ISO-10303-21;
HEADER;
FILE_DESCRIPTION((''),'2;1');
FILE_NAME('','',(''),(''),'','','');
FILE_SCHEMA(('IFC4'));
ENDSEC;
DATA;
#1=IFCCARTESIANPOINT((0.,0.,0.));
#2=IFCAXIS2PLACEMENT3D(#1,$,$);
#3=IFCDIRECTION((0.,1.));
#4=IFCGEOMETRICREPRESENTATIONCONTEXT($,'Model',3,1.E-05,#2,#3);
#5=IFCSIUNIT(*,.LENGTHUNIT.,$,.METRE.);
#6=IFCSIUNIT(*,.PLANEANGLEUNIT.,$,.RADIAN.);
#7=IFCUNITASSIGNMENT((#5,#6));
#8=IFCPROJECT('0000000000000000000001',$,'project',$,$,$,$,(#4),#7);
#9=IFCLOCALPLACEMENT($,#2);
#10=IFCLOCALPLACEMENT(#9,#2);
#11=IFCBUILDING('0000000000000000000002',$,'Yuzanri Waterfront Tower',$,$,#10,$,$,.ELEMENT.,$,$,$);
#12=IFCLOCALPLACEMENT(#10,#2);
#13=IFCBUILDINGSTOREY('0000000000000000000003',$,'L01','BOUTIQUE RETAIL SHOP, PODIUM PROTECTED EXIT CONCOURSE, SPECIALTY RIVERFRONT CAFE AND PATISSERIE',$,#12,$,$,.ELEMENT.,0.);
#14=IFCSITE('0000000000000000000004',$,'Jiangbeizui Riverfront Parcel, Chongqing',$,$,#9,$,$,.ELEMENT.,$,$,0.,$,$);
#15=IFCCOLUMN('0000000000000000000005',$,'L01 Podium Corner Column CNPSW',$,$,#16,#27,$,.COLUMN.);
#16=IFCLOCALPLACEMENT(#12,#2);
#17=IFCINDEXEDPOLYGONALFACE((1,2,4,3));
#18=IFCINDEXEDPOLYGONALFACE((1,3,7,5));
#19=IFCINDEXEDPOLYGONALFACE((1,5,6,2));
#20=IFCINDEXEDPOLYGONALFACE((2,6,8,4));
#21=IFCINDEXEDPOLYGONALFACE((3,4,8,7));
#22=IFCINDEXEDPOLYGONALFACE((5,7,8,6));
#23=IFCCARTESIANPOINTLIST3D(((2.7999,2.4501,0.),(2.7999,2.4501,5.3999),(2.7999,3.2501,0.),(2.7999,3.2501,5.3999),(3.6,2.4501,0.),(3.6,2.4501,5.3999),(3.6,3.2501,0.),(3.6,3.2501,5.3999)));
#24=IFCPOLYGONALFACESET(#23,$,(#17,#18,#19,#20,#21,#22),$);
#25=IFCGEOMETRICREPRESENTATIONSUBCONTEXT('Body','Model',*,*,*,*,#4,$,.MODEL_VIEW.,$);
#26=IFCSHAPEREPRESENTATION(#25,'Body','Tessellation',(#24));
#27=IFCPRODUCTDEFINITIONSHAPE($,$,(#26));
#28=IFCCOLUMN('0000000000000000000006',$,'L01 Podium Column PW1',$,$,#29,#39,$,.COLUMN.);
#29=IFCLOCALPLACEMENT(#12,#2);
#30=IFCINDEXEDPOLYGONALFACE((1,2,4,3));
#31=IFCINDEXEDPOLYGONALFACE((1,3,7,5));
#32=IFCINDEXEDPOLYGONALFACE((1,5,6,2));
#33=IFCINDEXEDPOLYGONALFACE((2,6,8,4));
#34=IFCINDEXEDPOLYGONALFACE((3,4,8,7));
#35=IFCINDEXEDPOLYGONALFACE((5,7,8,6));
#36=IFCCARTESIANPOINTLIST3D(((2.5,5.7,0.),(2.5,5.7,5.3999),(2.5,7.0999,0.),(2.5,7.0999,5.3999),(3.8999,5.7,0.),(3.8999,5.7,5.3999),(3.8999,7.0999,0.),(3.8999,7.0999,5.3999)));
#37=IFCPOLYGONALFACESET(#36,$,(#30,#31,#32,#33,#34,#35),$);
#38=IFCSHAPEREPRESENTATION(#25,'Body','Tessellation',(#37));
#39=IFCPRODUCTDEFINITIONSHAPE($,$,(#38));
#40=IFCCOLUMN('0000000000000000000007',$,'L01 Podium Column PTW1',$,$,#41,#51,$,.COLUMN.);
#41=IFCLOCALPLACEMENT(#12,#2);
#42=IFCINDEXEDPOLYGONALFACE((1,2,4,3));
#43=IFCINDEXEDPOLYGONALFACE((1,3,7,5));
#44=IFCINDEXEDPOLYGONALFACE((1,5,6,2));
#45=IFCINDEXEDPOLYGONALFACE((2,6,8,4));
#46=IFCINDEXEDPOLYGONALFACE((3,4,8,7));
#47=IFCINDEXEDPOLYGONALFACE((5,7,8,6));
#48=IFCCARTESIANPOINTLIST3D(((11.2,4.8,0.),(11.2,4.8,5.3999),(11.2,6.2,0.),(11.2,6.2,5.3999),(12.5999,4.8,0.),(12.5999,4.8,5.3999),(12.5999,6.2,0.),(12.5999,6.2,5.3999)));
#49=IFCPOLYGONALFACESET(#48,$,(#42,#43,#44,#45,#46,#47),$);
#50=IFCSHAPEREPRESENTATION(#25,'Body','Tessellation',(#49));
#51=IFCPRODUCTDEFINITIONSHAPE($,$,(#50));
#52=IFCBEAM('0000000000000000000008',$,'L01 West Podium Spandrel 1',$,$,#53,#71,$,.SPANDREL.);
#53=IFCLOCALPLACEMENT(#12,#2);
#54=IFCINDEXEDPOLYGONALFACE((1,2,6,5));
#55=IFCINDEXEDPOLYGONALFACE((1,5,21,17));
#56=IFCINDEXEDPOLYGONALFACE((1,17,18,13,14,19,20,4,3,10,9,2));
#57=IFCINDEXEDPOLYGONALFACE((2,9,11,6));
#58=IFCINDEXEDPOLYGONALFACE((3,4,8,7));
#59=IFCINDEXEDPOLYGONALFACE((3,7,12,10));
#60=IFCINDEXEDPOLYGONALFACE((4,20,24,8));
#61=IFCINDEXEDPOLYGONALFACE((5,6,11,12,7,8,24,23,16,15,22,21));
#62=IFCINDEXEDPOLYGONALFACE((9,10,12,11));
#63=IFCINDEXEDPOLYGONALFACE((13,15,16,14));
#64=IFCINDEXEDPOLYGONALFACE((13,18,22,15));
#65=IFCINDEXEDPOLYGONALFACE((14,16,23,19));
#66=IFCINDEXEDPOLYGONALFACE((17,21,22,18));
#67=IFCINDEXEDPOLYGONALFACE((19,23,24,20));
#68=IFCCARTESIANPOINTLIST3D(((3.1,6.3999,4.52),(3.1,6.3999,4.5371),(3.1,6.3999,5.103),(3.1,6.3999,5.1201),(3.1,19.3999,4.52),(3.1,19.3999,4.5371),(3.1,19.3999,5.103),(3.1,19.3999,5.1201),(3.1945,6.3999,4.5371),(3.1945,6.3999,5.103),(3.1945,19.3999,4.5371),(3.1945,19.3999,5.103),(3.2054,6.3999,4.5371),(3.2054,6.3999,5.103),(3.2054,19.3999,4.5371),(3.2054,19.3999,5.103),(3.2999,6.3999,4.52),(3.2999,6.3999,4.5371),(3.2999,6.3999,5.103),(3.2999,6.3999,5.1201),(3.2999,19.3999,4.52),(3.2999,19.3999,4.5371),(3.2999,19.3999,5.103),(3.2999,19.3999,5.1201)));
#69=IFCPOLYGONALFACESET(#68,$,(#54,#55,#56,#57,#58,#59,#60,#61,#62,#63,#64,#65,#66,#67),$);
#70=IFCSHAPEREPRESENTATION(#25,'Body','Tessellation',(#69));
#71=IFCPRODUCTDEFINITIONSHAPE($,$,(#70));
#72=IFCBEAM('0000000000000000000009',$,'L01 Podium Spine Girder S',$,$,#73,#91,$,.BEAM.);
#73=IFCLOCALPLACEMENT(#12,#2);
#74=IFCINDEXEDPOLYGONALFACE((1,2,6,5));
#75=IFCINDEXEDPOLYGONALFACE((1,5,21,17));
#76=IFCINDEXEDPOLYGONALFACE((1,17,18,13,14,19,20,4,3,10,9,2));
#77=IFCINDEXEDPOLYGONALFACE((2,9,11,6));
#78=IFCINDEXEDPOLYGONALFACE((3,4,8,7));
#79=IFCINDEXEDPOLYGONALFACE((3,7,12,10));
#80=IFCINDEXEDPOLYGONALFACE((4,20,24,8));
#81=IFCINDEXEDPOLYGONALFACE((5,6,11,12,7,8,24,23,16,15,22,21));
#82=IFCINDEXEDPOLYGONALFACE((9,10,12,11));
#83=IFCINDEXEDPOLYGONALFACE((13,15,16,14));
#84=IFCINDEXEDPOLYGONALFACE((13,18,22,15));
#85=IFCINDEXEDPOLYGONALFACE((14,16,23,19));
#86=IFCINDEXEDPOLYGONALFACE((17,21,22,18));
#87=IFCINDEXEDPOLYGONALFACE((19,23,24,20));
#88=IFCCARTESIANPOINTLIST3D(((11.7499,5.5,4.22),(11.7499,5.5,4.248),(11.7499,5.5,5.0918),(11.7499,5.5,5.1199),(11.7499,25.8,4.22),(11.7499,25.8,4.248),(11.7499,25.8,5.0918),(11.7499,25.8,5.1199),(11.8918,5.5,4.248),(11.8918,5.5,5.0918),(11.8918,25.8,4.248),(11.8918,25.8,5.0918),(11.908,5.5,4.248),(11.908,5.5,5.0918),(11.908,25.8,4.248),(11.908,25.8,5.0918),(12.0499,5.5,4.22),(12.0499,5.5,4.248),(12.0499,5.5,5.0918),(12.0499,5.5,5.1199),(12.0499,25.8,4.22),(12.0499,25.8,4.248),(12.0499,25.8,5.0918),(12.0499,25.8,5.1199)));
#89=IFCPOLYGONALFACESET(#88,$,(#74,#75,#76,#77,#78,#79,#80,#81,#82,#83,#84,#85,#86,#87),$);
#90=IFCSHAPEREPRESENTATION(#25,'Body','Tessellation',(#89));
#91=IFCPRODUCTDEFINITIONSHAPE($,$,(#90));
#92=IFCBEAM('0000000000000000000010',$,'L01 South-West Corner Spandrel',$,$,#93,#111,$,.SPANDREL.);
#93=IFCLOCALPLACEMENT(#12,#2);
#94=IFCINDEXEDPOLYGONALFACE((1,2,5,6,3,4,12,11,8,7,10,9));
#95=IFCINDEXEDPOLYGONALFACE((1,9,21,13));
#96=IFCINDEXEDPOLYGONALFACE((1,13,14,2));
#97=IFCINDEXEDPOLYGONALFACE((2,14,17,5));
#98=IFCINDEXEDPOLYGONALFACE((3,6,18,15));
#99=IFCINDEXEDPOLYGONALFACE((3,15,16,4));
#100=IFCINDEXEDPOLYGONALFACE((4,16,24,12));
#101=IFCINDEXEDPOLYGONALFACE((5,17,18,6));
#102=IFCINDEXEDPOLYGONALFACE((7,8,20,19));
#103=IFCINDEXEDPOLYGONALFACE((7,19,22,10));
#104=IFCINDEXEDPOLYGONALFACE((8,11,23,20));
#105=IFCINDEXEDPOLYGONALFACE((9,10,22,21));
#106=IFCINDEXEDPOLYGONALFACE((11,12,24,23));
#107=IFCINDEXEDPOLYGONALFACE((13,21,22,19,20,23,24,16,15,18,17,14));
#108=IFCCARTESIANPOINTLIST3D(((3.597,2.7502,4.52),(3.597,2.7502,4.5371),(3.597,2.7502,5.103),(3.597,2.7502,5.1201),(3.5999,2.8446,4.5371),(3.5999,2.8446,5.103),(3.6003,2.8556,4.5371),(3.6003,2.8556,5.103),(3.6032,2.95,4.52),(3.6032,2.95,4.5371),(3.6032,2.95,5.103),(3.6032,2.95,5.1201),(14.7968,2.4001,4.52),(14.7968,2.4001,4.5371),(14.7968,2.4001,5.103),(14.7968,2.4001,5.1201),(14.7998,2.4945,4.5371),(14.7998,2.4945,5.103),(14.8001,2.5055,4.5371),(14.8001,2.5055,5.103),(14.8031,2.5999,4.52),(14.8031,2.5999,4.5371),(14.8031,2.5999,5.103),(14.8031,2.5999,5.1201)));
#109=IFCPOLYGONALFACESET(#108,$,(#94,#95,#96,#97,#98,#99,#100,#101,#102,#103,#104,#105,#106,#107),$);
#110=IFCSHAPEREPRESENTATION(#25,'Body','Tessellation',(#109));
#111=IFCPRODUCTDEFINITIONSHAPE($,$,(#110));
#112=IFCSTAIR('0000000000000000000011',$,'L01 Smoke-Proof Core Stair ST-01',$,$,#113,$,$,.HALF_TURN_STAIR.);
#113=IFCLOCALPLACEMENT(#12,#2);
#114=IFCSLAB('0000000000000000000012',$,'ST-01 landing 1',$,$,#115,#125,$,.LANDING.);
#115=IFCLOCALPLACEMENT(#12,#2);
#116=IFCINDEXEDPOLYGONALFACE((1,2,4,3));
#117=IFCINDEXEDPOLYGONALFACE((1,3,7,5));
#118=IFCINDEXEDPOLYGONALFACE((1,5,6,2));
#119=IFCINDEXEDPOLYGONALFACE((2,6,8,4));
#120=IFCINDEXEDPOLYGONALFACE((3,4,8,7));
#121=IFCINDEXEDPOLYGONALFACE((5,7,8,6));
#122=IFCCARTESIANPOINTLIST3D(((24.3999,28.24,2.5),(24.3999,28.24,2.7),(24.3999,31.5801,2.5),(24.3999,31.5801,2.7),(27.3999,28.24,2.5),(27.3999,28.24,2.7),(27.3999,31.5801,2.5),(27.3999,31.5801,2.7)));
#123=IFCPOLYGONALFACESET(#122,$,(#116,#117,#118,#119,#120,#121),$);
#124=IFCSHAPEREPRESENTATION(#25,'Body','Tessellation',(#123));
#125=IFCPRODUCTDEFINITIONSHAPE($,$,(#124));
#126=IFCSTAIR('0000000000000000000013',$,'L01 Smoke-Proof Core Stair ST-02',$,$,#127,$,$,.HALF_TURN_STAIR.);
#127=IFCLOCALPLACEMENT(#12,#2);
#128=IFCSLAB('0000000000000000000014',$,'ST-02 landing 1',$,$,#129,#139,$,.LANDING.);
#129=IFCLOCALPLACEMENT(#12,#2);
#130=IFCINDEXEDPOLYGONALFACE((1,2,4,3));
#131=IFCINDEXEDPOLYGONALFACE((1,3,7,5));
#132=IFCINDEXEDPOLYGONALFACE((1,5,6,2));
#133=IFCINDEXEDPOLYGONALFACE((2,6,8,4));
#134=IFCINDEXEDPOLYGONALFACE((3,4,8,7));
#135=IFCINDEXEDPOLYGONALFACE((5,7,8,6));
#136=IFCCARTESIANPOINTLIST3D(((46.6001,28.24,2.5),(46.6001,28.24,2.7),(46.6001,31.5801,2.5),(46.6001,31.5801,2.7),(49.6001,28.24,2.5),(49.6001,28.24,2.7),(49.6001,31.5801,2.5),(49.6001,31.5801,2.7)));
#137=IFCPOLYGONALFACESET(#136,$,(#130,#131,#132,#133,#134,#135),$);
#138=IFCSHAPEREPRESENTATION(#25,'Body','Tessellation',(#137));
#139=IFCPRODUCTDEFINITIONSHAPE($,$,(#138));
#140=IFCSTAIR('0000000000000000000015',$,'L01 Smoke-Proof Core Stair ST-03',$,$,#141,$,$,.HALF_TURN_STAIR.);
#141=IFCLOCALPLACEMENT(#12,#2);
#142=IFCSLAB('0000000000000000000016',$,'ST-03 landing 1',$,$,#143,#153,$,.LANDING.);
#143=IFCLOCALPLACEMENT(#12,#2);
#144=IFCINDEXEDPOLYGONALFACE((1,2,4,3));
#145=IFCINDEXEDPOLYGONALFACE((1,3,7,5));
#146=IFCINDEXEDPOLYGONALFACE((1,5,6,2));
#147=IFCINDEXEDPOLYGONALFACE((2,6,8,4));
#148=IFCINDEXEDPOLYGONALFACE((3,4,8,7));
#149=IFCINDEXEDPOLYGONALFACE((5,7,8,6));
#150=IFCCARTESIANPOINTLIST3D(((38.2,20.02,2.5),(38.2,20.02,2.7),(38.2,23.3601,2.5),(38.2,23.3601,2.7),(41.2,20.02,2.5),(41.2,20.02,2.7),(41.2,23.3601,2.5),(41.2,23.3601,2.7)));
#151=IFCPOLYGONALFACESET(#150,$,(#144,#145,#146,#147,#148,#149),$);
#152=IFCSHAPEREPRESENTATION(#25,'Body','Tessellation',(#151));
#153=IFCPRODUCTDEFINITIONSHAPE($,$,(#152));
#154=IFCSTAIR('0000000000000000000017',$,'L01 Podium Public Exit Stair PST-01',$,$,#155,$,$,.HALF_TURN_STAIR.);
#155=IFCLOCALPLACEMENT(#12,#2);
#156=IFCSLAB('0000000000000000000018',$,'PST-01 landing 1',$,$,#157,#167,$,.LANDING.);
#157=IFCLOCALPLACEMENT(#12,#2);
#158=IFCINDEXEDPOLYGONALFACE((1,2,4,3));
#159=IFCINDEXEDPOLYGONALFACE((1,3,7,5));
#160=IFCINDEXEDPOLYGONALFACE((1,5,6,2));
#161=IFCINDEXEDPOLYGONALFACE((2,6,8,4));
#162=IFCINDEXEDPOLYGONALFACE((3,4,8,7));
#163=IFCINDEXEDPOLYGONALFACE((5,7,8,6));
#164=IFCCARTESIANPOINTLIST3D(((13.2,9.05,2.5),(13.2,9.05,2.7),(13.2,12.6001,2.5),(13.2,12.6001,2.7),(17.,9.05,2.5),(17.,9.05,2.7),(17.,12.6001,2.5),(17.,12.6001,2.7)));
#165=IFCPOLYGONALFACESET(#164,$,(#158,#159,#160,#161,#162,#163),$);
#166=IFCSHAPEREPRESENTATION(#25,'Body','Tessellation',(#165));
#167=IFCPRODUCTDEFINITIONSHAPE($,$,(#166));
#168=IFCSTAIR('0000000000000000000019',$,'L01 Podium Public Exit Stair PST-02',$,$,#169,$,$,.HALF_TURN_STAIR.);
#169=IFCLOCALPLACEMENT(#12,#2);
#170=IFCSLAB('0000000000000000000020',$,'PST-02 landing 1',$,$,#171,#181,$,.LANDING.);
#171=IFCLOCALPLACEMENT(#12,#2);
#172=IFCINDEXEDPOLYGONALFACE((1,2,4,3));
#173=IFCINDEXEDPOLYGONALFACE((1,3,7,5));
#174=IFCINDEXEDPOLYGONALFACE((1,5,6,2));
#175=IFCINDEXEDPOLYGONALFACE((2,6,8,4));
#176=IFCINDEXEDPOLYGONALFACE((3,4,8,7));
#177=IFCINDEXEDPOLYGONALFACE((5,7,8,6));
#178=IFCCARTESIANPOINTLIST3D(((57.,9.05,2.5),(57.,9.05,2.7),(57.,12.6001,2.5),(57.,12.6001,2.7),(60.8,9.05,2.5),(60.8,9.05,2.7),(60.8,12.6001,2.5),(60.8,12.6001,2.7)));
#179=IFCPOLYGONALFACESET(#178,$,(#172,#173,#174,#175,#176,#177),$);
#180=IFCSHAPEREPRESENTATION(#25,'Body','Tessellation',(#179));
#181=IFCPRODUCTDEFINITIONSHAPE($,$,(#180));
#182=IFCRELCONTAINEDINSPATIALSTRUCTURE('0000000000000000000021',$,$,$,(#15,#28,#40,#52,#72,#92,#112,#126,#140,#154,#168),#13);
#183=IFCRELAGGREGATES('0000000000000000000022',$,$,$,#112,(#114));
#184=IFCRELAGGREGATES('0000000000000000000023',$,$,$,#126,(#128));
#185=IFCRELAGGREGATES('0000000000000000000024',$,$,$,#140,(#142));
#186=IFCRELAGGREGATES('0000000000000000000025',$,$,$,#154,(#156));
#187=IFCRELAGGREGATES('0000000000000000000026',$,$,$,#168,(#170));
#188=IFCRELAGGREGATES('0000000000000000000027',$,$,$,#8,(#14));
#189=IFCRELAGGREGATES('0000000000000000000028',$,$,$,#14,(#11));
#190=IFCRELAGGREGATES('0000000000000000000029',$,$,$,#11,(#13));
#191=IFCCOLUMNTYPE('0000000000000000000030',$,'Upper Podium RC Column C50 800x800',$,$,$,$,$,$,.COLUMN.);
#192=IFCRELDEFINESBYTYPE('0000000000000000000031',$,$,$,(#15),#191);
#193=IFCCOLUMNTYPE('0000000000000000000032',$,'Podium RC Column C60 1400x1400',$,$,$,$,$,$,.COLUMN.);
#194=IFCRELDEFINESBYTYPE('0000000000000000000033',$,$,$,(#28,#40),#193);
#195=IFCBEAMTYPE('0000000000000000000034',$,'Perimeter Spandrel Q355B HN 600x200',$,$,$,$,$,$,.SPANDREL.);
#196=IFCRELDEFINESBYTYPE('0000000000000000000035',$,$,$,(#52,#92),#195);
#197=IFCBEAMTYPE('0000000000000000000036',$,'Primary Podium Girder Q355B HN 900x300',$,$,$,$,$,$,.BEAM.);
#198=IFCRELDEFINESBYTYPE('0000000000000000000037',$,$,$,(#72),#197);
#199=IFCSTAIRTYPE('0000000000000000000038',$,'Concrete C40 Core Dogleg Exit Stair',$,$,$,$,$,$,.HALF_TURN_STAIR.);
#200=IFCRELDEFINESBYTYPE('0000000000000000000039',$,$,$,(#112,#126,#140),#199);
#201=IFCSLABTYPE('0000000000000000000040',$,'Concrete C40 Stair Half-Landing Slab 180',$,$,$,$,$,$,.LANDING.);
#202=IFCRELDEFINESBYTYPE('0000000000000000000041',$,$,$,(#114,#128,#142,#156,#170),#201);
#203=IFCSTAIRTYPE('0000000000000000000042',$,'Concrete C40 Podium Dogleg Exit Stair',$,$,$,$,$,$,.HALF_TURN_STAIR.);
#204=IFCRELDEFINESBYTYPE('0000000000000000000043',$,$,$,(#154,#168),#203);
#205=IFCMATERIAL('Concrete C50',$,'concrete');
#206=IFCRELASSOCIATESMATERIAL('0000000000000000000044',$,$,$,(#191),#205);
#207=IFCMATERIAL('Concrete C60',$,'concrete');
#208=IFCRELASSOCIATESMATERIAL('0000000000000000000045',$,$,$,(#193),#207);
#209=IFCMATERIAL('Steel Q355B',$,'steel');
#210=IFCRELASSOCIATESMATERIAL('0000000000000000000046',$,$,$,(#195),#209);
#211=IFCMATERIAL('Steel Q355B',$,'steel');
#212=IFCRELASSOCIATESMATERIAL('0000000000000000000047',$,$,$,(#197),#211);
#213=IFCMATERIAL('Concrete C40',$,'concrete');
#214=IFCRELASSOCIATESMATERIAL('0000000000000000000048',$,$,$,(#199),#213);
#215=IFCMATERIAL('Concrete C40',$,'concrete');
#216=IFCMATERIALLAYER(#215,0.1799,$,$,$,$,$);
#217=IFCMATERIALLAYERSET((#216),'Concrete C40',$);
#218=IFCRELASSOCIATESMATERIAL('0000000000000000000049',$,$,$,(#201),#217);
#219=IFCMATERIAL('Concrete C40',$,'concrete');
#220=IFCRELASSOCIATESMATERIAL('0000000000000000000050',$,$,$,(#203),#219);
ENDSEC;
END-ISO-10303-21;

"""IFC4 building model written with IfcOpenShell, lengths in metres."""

from ifc_helpers import new_model, si_unit, direction, frame, origin, origin_2d, place, context, subcontext, project, spatial, polyline, rectangle, i_section, outline, extrude, source, transform, mapped, material, layer, layer_set, material_profile, profile_set, type_object, element, aggregate, save


model = new_model("IFC4")

# Units and contexts
model_context = context("Model", 3, precision=1e-05, world=origin(), true_north=direction((0.0, 1.0)))
body_context = subcontext(model_context, "Body", "Model", "MODEL_VIEW")
ifc_project = project(units=[si_unit("LENGTHUNIT", "METRE"), si_unit("PLANEANGLEUNIT", "RADIAN")], contexts=[model_context])

# Site, building, storey
site_placement = place(None, origin())
site = spatial("IfcSite", under=ifc_project, at=site_placement, Name="Jiangbeizui Riverfront Parcel, Chongqing", CompositionType="ELEMENT", RefElevation=0.0)
building_placement = place(site_placement, origin())
building = spatial("IfcBuilding", under=site, at=building_placement, Name="Yuzanri Waterfront Tower", CompositionType="ELEMENT")
storey_placement = place(building_placement, origin())
storey = spatial("IfcBuildingStorey", under=building, at=storey_placement, Name="L01", Description="BOUTIQUE RETAIL SHOP, PODIUM PROTECTED EXIT CONCOURSE, SPECIALTY RIVERFRONT CAFE AND PATISSERIE", CompositionType="ELEMENT", Elevation=0.0)

# Columns
ifc_material_1 = material(Name="Concrete C50", Category="concrete")
ifc_material_profile_1 = material_profile(ifc_material_1, rectangle(XDim=0.8, YDim=0.8, at=origin_2d()), Name="RC 800x800")
ifc_profile_set_1 = profile_set([ifc_material_profile_1], Name="Concrete C50")
column_type_1 = type_object("IfcColumnType", Name="Upper Podium RC Column C50 800x800", PredefinedType="COLUMN", material=ifc_profile_set_1)
shared_shape_1 = source(origin(), body_context, "Body", "SweptSolid", [
    extrude(rectangle(XDim=0.8, YDim=0.8, at=origin_2d()), origin(), (0.0, 0.0, 1.0), 5.3999),
])
column_placement = place(storey_placement, frame((3.2, 2.8501, 0.0), z_axis=(0.0, 0.0, 1.0), x_axis=(1.0, 0.0, 0.0)))
element("IfcColumn", 1, at=column_placement, inside=storey, type_object=column_type_1, Name="L01 Podium Corner Column CNPSW", PredefinedType="COLUMN", context=body_context, shape_type="MappedRepresentation", body=[
    mapped(shared_shape_1, transform((0.0, 0.0, 0.0), scale=1.0)),
])
ifc_material_2 = material(Name="Concrete C60", Category="concrete")
ifc_material_profile_2 = material_profile(ifc_material_2, rectangle(XDim=1.3999, YDim=1.3999, at=origin_2d()), Name="RC 1400x1400")
ifc_profile_set_2 = profile_set([ifc_material_profile_2], Name="Concrete C60")
column_type_2 = type_object("IfcColumnType", Name="Podium RC Column C60 1400x1400", PredefinedType="COLUMN", material=ifc_profile_set_2)
shared_shape_2 = source(origin(), body_context, "Body", "SweptSolid", [
    extrude(rectangle(XDim=1.3999, YDim=1.3999, at=origin_2d()), origin(), (0.0, 0.0, 1.0), 5.3999),
])
for number, where, z_axis, x_axis, name in (
    (2, (3.2, 6.3999, 0.0), (0.0, 0.0, 1.0), (1.0, 0.0, 0.0), "L01 Podium Column PW1"),
    (3, (11.8999, 5.5, 0.0), (0.0, 0.0, 1.0), (1.0, 0.0, 0.0), "L01 Podium Column PTW1"),
):
    element("IfcColumn", number, at=place(storey_placement, frame(where, z_axis=z_axis, x_axis=x_axis)), inside=storey, type_object=column_type_2, Name=name, PredefinedType="COLUMN", context=body_context, shape_type="MappedRepresentation", body=[
        mapped(shared_shape_2, transform((0.0, 0.0, 0.0), scale=1.0)),
    ])

# Beams
ifc_material_3 = material(Name="Steel Q355B", Category="steel")
ifc_material_profile_3 = material_profile(ifc_material_3, i_section(OverallWidth=0.2, OverallDepth=0.6001, WebThickness=0.011, FlangeThickness=0.0171, at=origin_2d()), Name="HN 600x200x11x17")
ifc_profile_set_3 = profile_set([ifc_material_profile_3], Name="Steel Q355B")
beam_type_1 = type_object("IfcBeamType", Name="Perimeter Spandrel Q355B HN 600x200", PredefinedType="SPANDREL", material=ifc_profile_set_3)
shared_shape_3 = source(origin(), body_context, "Body", "SweptSolid", [
    extrude(i_section(OverallWidth=0.2, OverallDepth=0.6001, WebThickness=0.011, FlangeThickness=0.0171, at=origin_2d()), origin(), (0.0, 0.0, 1.0), 13.0),
])
beam_1_placement = place(storey_placement, frame((3.2, 6.3999, 4.8201), z_axis=(0.0, 1.0, 0.0), x_axis=(-1.0, 0.0, 0.0)))
element("IfcBeam", 4, at=beam_1_placement, inside=storey, type_object=beam_type_1, Name="L01 West Podium Spandrel 1", PredefinedType="SPANDREL", context=body_context, shape_type="MappedRepresentation", body=[
    mapped(shared_shape_3, transform((0.0, 0.0, 0.0), scale=1.0)),
])
ifc_material_4 = material(Name="Steel Q355B", Category="steel")
ifc_material_profile_4 = material_profile(ifc_material_4, i_section(OverallWidth=0.3, OverallDepth=0.8999, WebThickness=0.0161, FlangeThickness=0.0281, at=origin_2d()), Name="HN 900x300x16x28")
ifc_profile_set_4 = profile_set([ifc_material_profile_4], Name="Steel Q355B")
beam_type_2 = type_object("IfcBeamType", Name="Primary Podium Girder Q355B HN 900x300", PredefinedType="BEAM", material=ifc_profile_set_4)
shared_shape_4 = source(origin(), body_context, "Body", "SweptSolid", [
    extrude(i_section(OverallWidth=0.3, OverallDepth=0.8999, WebThickness=0.0161, FlangeThickness=0.0281, at=origin_2d()), origin(), (0.0, 0.0, 1.0), 20.3),
])
beam_2_placement = place(storey_placement, frame((11.8999, 5.5, 4.6699), z_axis=(0.0, 1.0, 0.0), x_axis=(-1.0, 0.0, 0.0)))
element("IfcBeam", 5, at=beam_2_placement, inside=storey, type_object=beam_type_2, Name="L01 Podium Spine Girder S", PredefinedType="BEAM", context=body_context, shape_type="MappedRepresentation", body=[
    mapped(shared_shape_4, transform((0.0, 0.0, 0.0), scale=1.0)),
])
shared_shape_5 = source(origin(), body_context, "Body", "SweptSolid", [
    extrude(i_section(OverallWidth=0.2, OverallDepth=0.6001, WebThickness=0.011, FlangeThickness=0.0171, at=origin_2d()), origin(), (0.0, 0.0, 1.0), 11.2053),
])
beam_3_placement = place(storey_placement, frame((3.6001, 2.8501, 4.8201), z_axis=(0.999512, -0.031244, 0.0), x_axis=(0.031244, 0.999512, 0.0)))
element("IfcBeam", 6, at=beam_3_placement, inside=storey, type_object=beam_type_1, Name="L01 South-West Corner Spandrel", PredefinedType="SPANDREL", context=body_context, shape_type="MappedRepresentation", body=[
    mapped(shared_shape_5, transform((0.0, 0.0, 0.0), scale=1.0)),
])

# Stairs, slabs
ifc_material_5 = material(Name="Concrete C40", Category="concrete")
stair_type_1 = type_object("IfcStairType", Name="Concrete C40 Core Dogleg Exit Stair", PredefinedType="HALF_TURN_STAIR", material=ifc_material_5)
stair_1_placement = place(storey_placement, origin())
stair_1 = element("IfcStair", 7, at=stair_1_placement, inside=storey, type_object=stair_type_1, Name="L01 Smoke-Proof Core Stair ST-01", PredefinedType="HALF_TURN_STAIR")
ifc_material_6 = material(Name="Concrete C40", Category="concrete")
ifc_layer_1 = layer(ifc_material_6, 0.1799)
ifc_layer_set_1 = layer_set([ifc_layer_1], Name="Concrete C40")
slab_type_1 = type_object("IfcSlabType", Name="Concrete C40 Stair Half-Landing Slab 180", PredefinedType="LANDING", material=ifc_layer_set_1)
slab_1_placement = place(storey_placement, frame((0.0, 0.0, 2.5)))
slab_1 = element("IfcSlab", 8, at=slab_1_placement, type_object=slab_type_1, Name="ST-01 landing 1", PredefinedType="LANDING", context=body_context, shape_type="SweptSolid", body=[
    extrude(outline(polyline([(27.3999, 28.24), (27.3999, 31.5801), (24.3999, 31.5801), (24.3999, 28.24), (27.3999, 28.24)])), origin(), (0.0, 0.0, 1.0), 0.2),
])
aggregate(stair_1, [slab_1])
stair_2_placement = place(storey_placement, origin())
stair_2 = element("IfcStair", 9, at=stair_2_placement, inside=storey, type_object=stair_type_1, Name="L01 Smoke-Proof Core Stair ST-02", PredefinedType="HALF_TURN_STAIR")
slab_2_placement = place(storey_placement, frame((0.0, 0.0, 2.5)))
slab_2 = element("IfcSlab", 10, at=slab_2_placement, type_object=slab_type_1, Name="ST-02 landing 1", PredefinedType="LANDING", context=body_context, shape_type="SweptSolid", body=[
    extrude(outline(polyline([(49.6001, 28.24), (49.6001, 31.5801), (46.6001, 31.5801), (46.6001, 28.24), (49.6001, 28.24)])), origin(), (0.0, 0.0, 1.0), 0.2),
])
aggregate(stair_2, [slab_2])
stair_3_placement = place(storey_placement, origin())
stair_3 = element("IfcStair", 11, at=stair_3_placement, inside=storey, type_object=stair_type_1, Name="L01 Smoke-Proof Core Stair ST-03", PredefinedType="HALF_TURN_STAIR")
slab_3_placement = place(storey_placement, frame((0.0, 0.0, 2.5)))
slab_3 = element("IfcSlab", 12, at=slab_3_placement, type_object=slab_type_1, Name="ST-03 landing 1", PredefinedType="LANDING", context=body_context, shape_type="SweptSolid", body=[
    extrude(outline(polyline([(38.2, 23.3601), (38.2, 20.02), (41.2, 20.02), (41.2, 23.3601), (38.2, 23.3601)])), origin(), (0.0, 0.0, 1.0), 0.2),
])
aggregate(stair_3, [slab_3])
ifc_material_7 = material(Name="Concrete C40", Category="concrete")
stair_type_2 = type_object("IfcStairType", Name="Concrete C40 Podium Dogleg Exit Stair", PredefinedType="HALF_TURN_STAIR", material=ifc_material_7)
stair_4_placement = place(storey_placement, origin())
stair_4 = element("IfcStair", 13, at=stair_4_placement, inside=storey, type_object=stair_type_2, Name="L01 Podium Public Exit Stair PST-01", PredefinedType="HALF_TURN_STAIR")
slab_4_placement = place(storey_placement, frame((0.0, 0.0, 2.5)))
slab_4 = element("IfcSlab", 14, at=slab_4_placement, type_object=slab_type_1, Name="PST-01 landing 1", PredefinedType="LANDING", context=body_context, shape_type="SweptSolid", body=[
    extrude(outline(polyline([(17.0, 9.05), (17.0, 12.6001), (13.2, 12.6001), (13.2, 9.05), (17.0, 9.05)])), origin(), (0.0, 0.0, 1.0), 0.2),
])
aggregate(stair_4, [slab_4])
stair_5_placement = place(storey_placement, origin())
stair_5 = element("IfcStair", 15, at=stair_5_placement, inside=storey, type_object=stair_type_2, Name="L01 Podium Public Exit Stair PST-02", PredefinedType="HALF_TURN_STAIR")
slab_5_placement = place(storey_placement, frame((0.0, 0.0, 2.5)))
slab_5 = element("IfcSlab", 16, at=slab_5_placement, type_object=slab_type_1, Name="PST-02 landing 1", PredefinedType="LANDING", context=body_context, shape_type="SweptSolid", body=[
    extrude(outline(polyline([(60.8, 9.05), (60.8, 12.6001), (57.0, 12.6001), (57.0, 9.05), (60.8, 9.05)])), origin(), (0.0, 0.0, 1.0), 0.2),
])
aggregate(stair_5, [slab_5])

save(model, "model.ifc")
